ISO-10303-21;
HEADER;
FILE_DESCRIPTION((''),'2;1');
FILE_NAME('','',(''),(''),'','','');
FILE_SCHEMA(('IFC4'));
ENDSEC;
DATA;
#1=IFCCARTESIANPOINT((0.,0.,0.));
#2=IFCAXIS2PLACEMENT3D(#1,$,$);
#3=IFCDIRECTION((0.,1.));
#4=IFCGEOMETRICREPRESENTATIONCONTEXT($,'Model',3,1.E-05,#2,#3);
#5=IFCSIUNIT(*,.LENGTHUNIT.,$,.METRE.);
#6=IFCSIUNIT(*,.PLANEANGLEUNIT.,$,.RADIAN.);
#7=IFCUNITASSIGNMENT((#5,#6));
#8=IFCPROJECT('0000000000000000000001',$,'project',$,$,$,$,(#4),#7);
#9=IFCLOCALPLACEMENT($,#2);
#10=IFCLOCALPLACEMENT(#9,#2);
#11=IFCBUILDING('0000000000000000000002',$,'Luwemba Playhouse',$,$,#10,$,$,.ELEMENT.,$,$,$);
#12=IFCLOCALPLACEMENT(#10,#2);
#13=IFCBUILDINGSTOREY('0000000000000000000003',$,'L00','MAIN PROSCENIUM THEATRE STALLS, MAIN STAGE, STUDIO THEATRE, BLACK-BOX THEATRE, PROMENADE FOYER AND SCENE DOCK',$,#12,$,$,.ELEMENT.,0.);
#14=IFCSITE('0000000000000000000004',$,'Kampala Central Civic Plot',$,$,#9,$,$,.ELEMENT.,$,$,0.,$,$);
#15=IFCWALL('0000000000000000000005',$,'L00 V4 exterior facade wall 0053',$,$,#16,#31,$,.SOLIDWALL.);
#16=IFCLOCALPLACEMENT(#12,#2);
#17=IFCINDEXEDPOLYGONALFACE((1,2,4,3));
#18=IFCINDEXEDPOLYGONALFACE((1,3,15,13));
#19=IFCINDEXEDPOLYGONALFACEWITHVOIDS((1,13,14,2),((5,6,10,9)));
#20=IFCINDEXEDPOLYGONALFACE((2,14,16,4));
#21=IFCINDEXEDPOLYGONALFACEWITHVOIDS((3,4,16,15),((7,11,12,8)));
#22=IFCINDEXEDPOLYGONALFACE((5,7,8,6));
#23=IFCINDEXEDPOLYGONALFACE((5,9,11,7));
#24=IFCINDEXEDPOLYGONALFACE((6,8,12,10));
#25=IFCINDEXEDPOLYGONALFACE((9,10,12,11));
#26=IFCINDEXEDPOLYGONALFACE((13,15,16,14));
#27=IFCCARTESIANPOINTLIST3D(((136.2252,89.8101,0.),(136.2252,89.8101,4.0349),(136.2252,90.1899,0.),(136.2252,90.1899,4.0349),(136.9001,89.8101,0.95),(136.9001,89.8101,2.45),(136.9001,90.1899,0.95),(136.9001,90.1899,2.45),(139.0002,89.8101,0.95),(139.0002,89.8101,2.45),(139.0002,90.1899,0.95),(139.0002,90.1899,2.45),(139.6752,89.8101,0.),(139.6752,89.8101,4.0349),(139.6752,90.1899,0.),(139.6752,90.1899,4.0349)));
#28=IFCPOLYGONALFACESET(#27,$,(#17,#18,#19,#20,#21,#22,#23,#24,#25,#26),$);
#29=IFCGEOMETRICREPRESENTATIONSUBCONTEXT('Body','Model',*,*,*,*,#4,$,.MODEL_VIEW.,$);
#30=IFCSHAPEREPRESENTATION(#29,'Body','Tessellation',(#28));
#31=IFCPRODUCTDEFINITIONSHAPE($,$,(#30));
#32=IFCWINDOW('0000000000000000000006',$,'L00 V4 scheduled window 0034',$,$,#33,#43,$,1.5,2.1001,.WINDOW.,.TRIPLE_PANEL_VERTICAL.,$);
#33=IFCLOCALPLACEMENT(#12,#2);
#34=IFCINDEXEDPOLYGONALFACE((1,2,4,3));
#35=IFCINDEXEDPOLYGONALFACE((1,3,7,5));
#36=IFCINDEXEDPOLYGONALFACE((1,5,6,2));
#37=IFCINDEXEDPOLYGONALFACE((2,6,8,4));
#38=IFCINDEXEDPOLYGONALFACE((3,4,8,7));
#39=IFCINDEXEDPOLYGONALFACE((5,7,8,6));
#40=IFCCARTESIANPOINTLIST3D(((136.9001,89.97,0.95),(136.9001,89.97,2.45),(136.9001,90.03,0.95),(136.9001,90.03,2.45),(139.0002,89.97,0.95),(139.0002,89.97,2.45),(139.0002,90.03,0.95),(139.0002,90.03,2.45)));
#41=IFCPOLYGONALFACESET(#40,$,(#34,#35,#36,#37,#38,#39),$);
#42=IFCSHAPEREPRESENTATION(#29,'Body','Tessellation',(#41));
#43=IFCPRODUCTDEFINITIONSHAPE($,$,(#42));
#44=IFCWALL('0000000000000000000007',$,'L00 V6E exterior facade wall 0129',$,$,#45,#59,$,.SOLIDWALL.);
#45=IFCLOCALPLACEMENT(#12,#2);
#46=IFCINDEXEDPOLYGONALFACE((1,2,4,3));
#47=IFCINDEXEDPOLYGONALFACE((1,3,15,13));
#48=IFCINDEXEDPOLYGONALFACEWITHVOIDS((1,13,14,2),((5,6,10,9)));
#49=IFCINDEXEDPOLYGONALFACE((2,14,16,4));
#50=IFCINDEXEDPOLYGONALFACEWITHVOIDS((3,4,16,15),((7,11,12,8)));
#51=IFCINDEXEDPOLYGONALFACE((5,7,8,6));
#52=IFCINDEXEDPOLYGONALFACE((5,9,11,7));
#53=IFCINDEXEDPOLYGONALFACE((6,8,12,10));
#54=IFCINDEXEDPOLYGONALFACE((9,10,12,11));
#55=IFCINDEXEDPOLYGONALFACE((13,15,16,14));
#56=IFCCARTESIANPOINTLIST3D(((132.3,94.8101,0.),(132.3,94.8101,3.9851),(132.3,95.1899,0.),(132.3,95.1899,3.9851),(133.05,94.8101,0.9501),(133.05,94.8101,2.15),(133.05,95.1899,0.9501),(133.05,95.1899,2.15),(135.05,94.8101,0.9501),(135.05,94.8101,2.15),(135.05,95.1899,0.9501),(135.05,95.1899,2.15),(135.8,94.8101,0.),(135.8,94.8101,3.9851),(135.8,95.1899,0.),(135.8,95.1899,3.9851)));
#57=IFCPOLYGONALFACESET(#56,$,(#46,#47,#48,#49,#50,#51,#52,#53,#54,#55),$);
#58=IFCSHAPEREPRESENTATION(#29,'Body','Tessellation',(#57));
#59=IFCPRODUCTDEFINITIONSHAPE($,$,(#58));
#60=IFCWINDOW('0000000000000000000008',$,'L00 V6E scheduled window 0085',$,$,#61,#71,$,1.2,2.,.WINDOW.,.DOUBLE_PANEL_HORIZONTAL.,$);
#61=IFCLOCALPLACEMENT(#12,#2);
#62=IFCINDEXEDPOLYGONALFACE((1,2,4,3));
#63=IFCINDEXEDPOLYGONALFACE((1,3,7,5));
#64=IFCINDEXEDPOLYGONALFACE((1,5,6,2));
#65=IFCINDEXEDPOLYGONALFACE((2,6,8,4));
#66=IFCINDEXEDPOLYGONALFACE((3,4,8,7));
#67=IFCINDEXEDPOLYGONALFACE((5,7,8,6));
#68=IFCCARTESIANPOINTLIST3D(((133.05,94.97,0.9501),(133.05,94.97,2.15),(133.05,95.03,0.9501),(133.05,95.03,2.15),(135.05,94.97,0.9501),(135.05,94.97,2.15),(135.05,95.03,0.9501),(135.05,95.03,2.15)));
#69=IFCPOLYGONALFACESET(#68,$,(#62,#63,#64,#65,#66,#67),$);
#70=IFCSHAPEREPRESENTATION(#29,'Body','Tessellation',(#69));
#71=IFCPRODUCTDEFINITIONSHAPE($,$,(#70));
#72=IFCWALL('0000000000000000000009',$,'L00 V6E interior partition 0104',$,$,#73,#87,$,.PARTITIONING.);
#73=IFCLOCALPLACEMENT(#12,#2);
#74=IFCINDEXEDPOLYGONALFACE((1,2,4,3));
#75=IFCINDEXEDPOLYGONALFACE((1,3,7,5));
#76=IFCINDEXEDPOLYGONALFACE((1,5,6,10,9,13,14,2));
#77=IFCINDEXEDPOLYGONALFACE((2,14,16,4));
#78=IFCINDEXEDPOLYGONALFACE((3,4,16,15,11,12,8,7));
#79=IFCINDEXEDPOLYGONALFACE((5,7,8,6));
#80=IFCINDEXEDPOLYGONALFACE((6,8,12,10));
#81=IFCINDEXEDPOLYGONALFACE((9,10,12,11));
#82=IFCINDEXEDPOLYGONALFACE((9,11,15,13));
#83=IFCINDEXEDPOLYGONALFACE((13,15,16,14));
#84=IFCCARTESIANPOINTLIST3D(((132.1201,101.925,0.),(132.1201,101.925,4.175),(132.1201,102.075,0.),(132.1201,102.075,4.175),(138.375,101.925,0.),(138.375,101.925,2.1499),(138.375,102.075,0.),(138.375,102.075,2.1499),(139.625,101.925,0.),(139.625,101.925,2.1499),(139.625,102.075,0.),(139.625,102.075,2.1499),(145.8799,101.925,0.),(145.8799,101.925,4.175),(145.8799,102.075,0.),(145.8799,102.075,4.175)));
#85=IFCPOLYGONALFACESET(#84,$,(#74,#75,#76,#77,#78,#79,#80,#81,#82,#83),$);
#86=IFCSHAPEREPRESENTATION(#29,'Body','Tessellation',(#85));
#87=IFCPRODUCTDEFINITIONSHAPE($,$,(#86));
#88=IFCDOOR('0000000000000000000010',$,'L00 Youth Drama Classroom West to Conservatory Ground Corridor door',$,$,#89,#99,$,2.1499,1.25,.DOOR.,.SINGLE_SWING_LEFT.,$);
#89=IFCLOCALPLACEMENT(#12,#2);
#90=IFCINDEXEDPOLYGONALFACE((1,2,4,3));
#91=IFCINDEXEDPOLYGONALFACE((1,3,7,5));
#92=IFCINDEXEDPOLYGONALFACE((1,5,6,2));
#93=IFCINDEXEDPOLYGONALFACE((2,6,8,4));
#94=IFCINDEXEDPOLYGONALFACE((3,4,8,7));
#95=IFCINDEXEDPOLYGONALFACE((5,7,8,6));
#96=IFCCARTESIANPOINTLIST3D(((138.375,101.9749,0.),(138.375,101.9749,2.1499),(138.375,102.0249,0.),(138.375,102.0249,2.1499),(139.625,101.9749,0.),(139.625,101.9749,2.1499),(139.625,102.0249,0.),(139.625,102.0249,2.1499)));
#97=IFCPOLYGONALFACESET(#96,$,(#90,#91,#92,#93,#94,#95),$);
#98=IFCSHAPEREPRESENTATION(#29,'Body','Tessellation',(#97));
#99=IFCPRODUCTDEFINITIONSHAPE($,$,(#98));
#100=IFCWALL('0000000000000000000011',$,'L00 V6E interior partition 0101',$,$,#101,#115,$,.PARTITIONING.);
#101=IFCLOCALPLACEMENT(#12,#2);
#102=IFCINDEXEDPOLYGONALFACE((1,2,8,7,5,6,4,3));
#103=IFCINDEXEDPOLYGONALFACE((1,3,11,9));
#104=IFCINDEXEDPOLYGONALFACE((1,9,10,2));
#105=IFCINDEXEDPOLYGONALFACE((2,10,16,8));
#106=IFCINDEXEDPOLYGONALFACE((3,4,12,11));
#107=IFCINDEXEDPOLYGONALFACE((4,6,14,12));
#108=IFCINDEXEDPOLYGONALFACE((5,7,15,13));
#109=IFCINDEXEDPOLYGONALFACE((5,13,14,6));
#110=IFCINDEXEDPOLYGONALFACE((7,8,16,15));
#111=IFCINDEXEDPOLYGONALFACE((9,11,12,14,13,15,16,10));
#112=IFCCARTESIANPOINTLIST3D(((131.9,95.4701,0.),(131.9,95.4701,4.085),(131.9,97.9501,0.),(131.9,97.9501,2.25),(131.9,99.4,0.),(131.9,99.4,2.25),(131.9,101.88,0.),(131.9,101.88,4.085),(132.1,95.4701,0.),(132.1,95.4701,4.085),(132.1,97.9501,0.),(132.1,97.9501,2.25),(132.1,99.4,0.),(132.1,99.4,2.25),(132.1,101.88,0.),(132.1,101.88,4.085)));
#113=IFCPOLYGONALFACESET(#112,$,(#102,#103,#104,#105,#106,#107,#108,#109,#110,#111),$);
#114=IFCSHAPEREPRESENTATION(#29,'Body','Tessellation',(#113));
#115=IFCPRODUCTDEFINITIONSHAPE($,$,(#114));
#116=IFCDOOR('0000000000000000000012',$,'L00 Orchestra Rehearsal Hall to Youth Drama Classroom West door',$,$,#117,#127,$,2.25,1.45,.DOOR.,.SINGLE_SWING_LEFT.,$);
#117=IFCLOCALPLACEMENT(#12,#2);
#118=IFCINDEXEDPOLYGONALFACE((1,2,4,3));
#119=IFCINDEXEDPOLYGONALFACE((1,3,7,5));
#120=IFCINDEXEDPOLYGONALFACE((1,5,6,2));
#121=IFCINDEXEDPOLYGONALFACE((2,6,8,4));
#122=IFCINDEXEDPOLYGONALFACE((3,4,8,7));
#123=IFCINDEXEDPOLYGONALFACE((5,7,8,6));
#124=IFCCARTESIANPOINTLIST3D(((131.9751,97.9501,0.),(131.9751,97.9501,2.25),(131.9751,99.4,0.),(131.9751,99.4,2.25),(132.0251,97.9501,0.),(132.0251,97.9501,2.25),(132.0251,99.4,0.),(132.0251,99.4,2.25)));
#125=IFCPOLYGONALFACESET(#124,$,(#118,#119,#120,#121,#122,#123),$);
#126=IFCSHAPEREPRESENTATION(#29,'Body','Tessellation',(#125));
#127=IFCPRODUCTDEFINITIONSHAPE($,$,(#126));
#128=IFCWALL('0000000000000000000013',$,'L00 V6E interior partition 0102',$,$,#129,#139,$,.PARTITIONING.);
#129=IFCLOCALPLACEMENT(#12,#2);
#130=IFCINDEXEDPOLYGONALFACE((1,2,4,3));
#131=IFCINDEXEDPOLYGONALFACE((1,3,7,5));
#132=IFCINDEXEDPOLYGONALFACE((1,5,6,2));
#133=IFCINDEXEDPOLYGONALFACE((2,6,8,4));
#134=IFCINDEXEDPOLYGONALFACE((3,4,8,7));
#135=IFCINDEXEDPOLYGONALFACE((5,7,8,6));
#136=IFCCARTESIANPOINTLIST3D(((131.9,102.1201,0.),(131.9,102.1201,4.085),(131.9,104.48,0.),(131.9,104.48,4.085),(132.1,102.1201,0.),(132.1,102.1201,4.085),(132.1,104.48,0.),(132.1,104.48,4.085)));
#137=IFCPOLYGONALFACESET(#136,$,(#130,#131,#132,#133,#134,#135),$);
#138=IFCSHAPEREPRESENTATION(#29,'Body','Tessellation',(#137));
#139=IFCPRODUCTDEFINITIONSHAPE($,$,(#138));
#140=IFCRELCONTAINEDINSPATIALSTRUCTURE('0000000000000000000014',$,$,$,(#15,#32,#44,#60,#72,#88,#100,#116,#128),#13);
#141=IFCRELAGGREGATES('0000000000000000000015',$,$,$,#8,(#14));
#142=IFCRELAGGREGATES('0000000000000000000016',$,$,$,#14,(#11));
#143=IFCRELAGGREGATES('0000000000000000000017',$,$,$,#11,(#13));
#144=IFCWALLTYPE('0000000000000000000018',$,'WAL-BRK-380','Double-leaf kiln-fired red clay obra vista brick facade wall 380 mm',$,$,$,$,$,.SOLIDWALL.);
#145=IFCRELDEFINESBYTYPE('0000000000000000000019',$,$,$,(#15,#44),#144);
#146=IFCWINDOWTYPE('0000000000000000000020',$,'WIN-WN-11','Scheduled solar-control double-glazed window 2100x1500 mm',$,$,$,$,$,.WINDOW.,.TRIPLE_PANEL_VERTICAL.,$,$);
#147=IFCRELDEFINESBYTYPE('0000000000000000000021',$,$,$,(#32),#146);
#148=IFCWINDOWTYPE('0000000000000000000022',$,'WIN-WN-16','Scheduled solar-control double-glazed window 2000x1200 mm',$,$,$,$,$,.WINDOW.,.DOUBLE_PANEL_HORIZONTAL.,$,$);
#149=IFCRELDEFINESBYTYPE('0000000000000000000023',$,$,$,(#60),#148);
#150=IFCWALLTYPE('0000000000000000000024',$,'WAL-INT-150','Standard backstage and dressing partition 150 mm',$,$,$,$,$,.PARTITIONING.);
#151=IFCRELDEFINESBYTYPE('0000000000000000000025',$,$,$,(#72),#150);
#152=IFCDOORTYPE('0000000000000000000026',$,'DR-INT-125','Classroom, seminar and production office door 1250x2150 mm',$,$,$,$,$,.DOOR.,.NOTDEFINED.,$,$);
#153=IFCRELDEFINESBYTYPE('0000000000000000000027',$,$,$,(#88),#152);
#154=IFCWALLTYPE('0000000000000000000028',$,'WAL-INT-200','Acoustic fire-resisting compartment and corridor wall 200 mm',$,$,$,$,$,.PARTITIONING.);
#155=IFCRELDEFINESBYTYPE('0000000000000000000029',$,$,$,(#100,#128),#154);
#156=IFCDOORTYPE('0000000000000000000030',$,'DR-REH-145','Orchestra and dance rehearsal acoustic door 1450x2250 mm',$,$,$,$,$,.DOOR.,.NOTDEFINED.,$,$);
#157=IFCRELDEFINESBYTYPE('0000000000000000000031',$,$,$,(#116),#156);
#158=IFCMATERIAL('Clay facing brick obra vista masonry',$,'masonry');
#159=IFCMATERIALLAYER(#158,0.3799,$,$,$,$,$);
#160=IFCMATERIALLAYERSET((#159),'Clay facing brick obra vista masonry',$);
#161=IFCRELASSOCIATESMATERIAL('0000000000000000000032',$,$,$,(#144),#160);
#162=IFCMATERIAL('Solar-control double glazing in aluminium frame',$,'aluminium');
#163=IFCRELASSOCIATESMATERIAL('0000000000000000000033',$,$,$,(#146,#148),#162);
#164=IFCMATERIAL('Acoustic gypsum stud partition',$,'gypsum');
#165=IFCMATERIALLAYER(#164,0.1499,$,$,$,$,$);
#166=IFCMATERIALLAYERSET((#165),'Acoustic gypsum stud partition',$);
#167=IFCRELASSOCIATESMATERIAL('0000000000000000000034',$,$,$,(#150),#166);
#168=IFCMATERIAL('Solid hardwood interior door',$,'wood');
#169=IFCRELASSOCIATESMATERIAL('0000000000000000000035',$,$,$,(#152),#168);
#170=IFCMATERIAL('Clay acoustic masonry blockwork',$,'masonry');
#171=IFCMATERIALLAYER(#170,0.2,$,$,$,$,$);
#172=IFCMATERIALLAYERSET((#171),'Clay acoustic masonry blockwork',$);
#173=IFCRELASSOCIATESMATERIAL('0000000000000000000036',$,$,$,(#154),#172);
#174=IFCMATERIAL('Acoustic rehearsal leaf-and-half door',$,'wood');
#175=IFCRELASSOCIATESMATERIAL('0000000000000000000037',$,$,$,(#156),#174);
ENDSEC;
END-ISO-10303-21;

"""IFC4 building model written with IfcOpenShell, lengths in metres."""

from ifc_helpers import new_model, si_unit, direction, frame, frame_2d, origin, place, context, subcontext, project, spatial, rectangle, extrude, material, layer, layer_set, type_object, element, fill, save


model = new_model("IFC4")

# Units and contexts
model_context = context("Model", 3, precision=1e-05, world=origin(), true_north=direction((0.0, 1.0)))
body_context = subcontext(model_context, "Body", "Model", "MODEL_VIEW")
ifc_project = project(units=[si_unit("LENGTHUNIT", "METRE"), si_unit("PLANEANGLEUNIT", "RADIAN")], contexts=[model_context])

# Site, building, storey
site_placement = place(None, origin())
site = spatial("IfcSite", under=ifc_project, at=site_placement, Name="Kampala Central Civic Plot", CompositionType="ELEMENT", RefElevation=0.0)
building_placement = place(site_placement, origin())
building = spatial("IfcBuilding", under=site, at=building_placement, Name="Luwemba Playhouse", CompositionType="ELEMENT")
storey_placement = place(building_placement, origin())
storey = spatial("IfcBuildingStorey", under=building, at=storey_placement, Name="L00", Description="MAIN PROSCENIUM THEATRE STALLS, MAIN STAGE, STUDIO THEATRE, BLACK-BOX THEATRE, PROMENADE FOYER AND SCENE DOCK", CompositionType="ELEMENT", Elevation=0.0)

# Walls, openings, windows
ifc_material_1 = material(Name="Clay facing brick obra vista masonry", Category="masonry")
ifc_layer_1 = layer(ifc_material_1, 0.3799)
ifc_layer_set_1 = layer_set([ifc_layer_1], Name="Clay facing brick obra vista masonry")
wall_type_1 = type_object("IfcWallType", Name="WAL-BRK-380", Description="Double-leaf kiln-fired red clay obra vista brick facade wall 380 mm", PredefinedType="SOLIDWALL", material=ifc_layer_set_1)
ifc_material_2 = material(Name="Solar-control double glazing in aluminium frame", Category="aluminium")
wall_1_placement = place(storey_placement, frame((136.2251, 90.0, 0.0), z_axis=(0.0, 0.0, 1.0), x_axis=(1.0, 0.0, 0.0)))
wall_1 = element("IfcWall", 1, at=wall_1_placement, inside=storey, type_object=wall_type_1, Name="L00 V4 exterior facade wall 0053", PredefinedType="SOLIDWALL", context=body_context, shape_type="SweptSolid", body=[
    extrude(rectangle(XDim=3.45, YDim=0.3799, at=frame_2d((1.7251, 0.0))), origin(), (0.0, 0.0, 1.0), 4.0349),
])
opening_1_placement = place(wall_1_placement, frame((0.675, 0.0, 0.95)))
opening_1 = element("IfcOpeningElement", 2, at=opening_1_placement, cuts=wall_1, PredefinedType="OPENING", context=body_context, shape_type="SweptSolid", body=[
    extrude(rectangle(XDim=2.1001, YDim=1.5, at=frame_2d((1.05, 0.75))), frame((0.0, 0.2, 0.0), z_axis=(0.0, -1.0, 0.0), x_axis=(1.0, 0.0, 0.0)), (0.0, 0.0, 1.0), 0.3999),
])
window_type_1 = type_object("IfcWindowType", Name="WIN-WN-11", Description="Scheduled solar-control double-glazed window 2100x1500 mm", PartitioningType="TRIPLE_PANEL_VERTICAL", PredefinedType="WINDOW", material=ifc_material_2)
window_1_placement = place(opening_1_placement, origin())
window_1 = element("IfcWindow", 3, at=window_1_placement, inside=storey, type_object=window_type_1, Name="L00 V4 scheduled window 0034", OverallHeight=1.5, OverallWidth=2.1001, PartitioningType="TRIPLE_PANEL_VERTICAL", PredefinedType="WINDOW", context=body_context, shape_type="SweptSolid", body=[
    extrude(rectangle(XDim=2.1001, YDim=1.5, at=frame_2d((1.05, 0.75))), frame((0.0, 0.03, 0.0), z_axis=(0.0, -1.0, 0.0), x_axis=(1.0, 0.0, 0.0)), (0.0, 0.0, 1.0), 0.0601),
])
fill(opening_1, window_1)
wall_2_placement = place(storey_placement, frame((135.8, 95.0, 0.0), z_axis=(0.0, 0.0, 1.0), x_axis=(-1.0, 0.0, 0.0)))
wall_2 = element("IfcWall", 4, at=wall_2_placement, inside=storey, type_object=wall_type_1, Name="L00 V6E exterior facade wall 0129", PredefinedType="SOLIDWALL", context=body_context, shape_type="SweptSolid", body=[
    extrude(rectangle(XDim=3.5, YDim=0.3799, at=frame_2d((1.75, 0.0))), origin(), (0.0, 0.0, 1.0), 3.9851),
])
opening_2_placement = place(wall_2_placement, frame((0.75, 0.0, 0.95)))
opening_2 = element("IfcOpeningElement", 5, at=opening_2_placement, cuts=wall_2, PredefinedType="OPENING", context=body_context, shape_type="SweptSolid", body=[
    extrude(rectangle(XDim=2.0, YDim=1.2, at=frame_2d((1.0, 0.6001))), frame((0.0, 0.2, 0.0), z_axis=(0.0, -1.0, 0.0), x_axis=(1.0, 0.0, 0.0)), (0.0, 0.0, 1.0), 0.3999),
])
window_type_2 = type_object("IfcWindowType", Name="WIN-WN-16", Description="Scheduled solar-control double-glazed window 2000x1200 mm", PartitioningType="DOUBLE_PANEL_HORIZONTAL", PredefinedType="WINDOW", material=ifc_material_2)
window_2_placement = place(opening_2_placement, origin())
window_2 = element("IfcWindow", 6, at=window_2_placement, inside=storey, type_object=window_type_2, Name="L00 V6E scheduled window 0085", OverallHeight=1.2, OverallWidth=2.0, PartitioningType="DOUBLE_PANEL_HORIZONTAL", PredefinedType="WINDOW", context=body_context, shape_type="SweptSolid", body=[
    extrude(rectangle(XDim=2.0, YDim=1.2, at=frame_2d((1.0, 0.6001))), frame((0.0, 0.03, 0.0), z_axis=(0.0, -1.0, 0.0), x_axis=(1.0, 0.0, 0.0)), (0.0, 0.0, 1.0), 0.0601),
])
fill(opening_2, window_2)

# Walls, openings, doors
ifc_material_3 = material(Name="Acoustic gypsum stud partition", Category="gypsum")
ifc_layer_2 = layer(ifc_material_3, 0.1499)
ifc_layer_set_2 = layer_set([ifc_layer_2], Name="Acoustic gypsum stud partition")
wall_type_2 = type_object("IfcWallType", Name="WAL-INT-150", Description="Standard backstage and dressing partition 150 mm", PredefinedType="PARTITIONING", material=ifc_layer_set_2)
wall_3_placement = place(storey_placement, frame((132.1201, 102.0, 0.0), z_axis=(0.0, 0.0, 1.0), x_axis=(1.0, 0.0, 0.0)))
wall_3 = element("IfcWall", 7, at=wall_3_placement, inside=storey, type_object=wall_type_2, Name="L00 V6E interior partition 0104", PredefinedType="PARTITIONING", context=body_context, shape_type="SweptSolid", body=[
    extrude(rectangle(XDim=13.7598, YDim=0.1499, at=frame_2d((6.8799, 0.0))), origin(), (0.0, 0.0, 1.0), 4.175),
])
opening_3_placement = place(wall_3_placement, frame((6.2549, 0.0, 0.0)))
opening_3 = element("IfcOpeningElement", 8, at=opening_3_placement, cuts=wall_3, PredefinedType="OPENING", context=body_context, shape_type="SweptSolid", body=[
    extrude(rectangle(XDim=1.25, YDim=2.1499, at=frame_2d((0.625, 1.075))), frame((0.0, 0.085, 0.0), z_axis=(0.0, -1.0, 0.0), x_axis=(1.0, 0.0, 0.0)), (0.0, 0.0, 1.0), 0.1699),
])
ifc_material_4 = material(Name="Solid hardwood interior door", Category="wood")
door_type_1 = type_object("IfcDoorType", Name="DR-INT-125", Description="Classroom, seminar and production office door 1250x2150 mm", OperationType="NOTDEFINED", PredefinedType="DOOR", material=ifc_material_4)
door_1_placement = place(opening_3_placement, origin())
door_1 = element("IfcDoor", 9, at=door_1_placement, inside=storey, type_object=door_type_1, Name="L00 Youth Drama Classroom West to Conservatory Ground Corridor door", OperationType="SINGLE_SWING_LEFT", OverallHeight=2.1499, OverallWidth=1.25, PredefinedType="DOOR", context=body_context, shape_type="SweptSolid", body=[
    extrude(rectangle(XDim=1.25, YDim=2.1499, at=frame_2d((0.625, 1.075))), frame((0.0, 0.0249, 0.0), z_axis=(0.0, -1.0, 0.0), x_axis=(1.0, 0.0, 0.0)), (0.0, 0.0, 1.0), 0.05),
])
fill(opening_3, door_1)
ifc_material_5 = material(Name="Clay acoustic masonry blockwork", Category="masonry")
ifc_layer_3 = layer(ifc_material_5, 0.2)
ifc_layer_set_3 = layer_set([ifc_layer_3], Name="Clay acoustic masonry blockwork")
wall_type_3 = type_object("IfcWallType", Name="WAL-INT-200", Description="Acoustic fire-resisting compartment and corridor wall 200 mm", PredefinedType="PARTITIONING", material=ifc_layer_set_3)
wall_4_placement = place(storey_placement, frame((132.0, 95.47, 0.0), z_axis=(0.0, 0.0, 1.0), x_axis=(0.0, 1.0, 0.0)))
wall_4 = element("IfcWall", 10, at=wall_4_placement, inside=storey, type_object=wall_type_3, Name="L00 V6E interior partition 0101", PredefinedType="PARTITIONING", context=body_context, shape_type="SweptSolid", body=[
    extrude(rectangle(XDim=6.4099, YDim=0.2, at=frame_2d((3.2051, 0.0))), origin(), (0.0, 0.0, 1.0), 4.085),
])
opening_4_placement = place(wall_4_placement, frame((2.48, 0.0, 0.0)))
opening_4 = element("IfcOpeningElement", 11, at=opening_4_placement, cuts=wall_4, PredefinedType="OPENING", context=body_context, shape_type="SweptSolid", body=[
    extrude(rectangle(XDim=1.45, YDim=2.25, at=frame_2d((0.7251, 1.125))), frame((0.0, 0.1099, 0.0), z_axis=(0.0, -1.0, 0.0), x_axis=(1.0, 0.0, 0.0)), (0.0, 0.0, 1.0), 0.22),
])
ifc_material_6 = material(Name="Acoustic rehearsal leaf-and-half door", Category="wood")
door_type_2 = type_object("IfcDoorType", Name="DR-REH-145", Description="Orchestra and dance rehearsal acoustic door 1450x2250 mm", OperationType="NOTDEFINED", PredefinedType="DOOR", material=ifc_material_6)
door_2_placement = place(opening_4_placement, origin())
door_2 = element("IfcDoor", 12, at=door_2_placement, inside=storey, type_object=door_type_2, Name="L00 Orchestra Rehearsal Hall to Youth Drama Classroom West door", OperationType="SINGLE_SWING_LEFT", OverallHeight=2.25, OverallWidth=1.45, PredefinedType="DOOR", context=body_context, shape_type="SweptSolid", body=[
    extrude(rectangle(XDim=1.45, YDim=2.25, at=frame_2d((0.7251, 1.125))), frame((0.0, 0.0249, 0.0), z_axis=(0.0, -1.0, 0.0), x_axis=(1.0, 0.0, 0.0)), (0.0, 0.0, 1.0), 0.05),
])
fill(opening_4, door_2)

# Wall
wall_5_placement = place(storey_placement, frame((132.0, 102.1201, 0.0), z_axis=(0.0, 0.0, 1.0), x_axis=(0.0, 1.0, 0.0)))
element("IfcWall", 13, at=wall_5_placement, inside=storey, type_object=wall_type_3, Name="L00 V6E interior partition 0102", PredefinedType="PARTITIONING", context=body_context, shape_type="SweptSolid", body=[
    extrude(rectangle(XDim=2.3599, YDim=0.2, at=frame_2d((1.1799, 0.0))), origin(), (0.0, 0.0, 1.0), 4.085),
])

save(model, "model.ifc")
